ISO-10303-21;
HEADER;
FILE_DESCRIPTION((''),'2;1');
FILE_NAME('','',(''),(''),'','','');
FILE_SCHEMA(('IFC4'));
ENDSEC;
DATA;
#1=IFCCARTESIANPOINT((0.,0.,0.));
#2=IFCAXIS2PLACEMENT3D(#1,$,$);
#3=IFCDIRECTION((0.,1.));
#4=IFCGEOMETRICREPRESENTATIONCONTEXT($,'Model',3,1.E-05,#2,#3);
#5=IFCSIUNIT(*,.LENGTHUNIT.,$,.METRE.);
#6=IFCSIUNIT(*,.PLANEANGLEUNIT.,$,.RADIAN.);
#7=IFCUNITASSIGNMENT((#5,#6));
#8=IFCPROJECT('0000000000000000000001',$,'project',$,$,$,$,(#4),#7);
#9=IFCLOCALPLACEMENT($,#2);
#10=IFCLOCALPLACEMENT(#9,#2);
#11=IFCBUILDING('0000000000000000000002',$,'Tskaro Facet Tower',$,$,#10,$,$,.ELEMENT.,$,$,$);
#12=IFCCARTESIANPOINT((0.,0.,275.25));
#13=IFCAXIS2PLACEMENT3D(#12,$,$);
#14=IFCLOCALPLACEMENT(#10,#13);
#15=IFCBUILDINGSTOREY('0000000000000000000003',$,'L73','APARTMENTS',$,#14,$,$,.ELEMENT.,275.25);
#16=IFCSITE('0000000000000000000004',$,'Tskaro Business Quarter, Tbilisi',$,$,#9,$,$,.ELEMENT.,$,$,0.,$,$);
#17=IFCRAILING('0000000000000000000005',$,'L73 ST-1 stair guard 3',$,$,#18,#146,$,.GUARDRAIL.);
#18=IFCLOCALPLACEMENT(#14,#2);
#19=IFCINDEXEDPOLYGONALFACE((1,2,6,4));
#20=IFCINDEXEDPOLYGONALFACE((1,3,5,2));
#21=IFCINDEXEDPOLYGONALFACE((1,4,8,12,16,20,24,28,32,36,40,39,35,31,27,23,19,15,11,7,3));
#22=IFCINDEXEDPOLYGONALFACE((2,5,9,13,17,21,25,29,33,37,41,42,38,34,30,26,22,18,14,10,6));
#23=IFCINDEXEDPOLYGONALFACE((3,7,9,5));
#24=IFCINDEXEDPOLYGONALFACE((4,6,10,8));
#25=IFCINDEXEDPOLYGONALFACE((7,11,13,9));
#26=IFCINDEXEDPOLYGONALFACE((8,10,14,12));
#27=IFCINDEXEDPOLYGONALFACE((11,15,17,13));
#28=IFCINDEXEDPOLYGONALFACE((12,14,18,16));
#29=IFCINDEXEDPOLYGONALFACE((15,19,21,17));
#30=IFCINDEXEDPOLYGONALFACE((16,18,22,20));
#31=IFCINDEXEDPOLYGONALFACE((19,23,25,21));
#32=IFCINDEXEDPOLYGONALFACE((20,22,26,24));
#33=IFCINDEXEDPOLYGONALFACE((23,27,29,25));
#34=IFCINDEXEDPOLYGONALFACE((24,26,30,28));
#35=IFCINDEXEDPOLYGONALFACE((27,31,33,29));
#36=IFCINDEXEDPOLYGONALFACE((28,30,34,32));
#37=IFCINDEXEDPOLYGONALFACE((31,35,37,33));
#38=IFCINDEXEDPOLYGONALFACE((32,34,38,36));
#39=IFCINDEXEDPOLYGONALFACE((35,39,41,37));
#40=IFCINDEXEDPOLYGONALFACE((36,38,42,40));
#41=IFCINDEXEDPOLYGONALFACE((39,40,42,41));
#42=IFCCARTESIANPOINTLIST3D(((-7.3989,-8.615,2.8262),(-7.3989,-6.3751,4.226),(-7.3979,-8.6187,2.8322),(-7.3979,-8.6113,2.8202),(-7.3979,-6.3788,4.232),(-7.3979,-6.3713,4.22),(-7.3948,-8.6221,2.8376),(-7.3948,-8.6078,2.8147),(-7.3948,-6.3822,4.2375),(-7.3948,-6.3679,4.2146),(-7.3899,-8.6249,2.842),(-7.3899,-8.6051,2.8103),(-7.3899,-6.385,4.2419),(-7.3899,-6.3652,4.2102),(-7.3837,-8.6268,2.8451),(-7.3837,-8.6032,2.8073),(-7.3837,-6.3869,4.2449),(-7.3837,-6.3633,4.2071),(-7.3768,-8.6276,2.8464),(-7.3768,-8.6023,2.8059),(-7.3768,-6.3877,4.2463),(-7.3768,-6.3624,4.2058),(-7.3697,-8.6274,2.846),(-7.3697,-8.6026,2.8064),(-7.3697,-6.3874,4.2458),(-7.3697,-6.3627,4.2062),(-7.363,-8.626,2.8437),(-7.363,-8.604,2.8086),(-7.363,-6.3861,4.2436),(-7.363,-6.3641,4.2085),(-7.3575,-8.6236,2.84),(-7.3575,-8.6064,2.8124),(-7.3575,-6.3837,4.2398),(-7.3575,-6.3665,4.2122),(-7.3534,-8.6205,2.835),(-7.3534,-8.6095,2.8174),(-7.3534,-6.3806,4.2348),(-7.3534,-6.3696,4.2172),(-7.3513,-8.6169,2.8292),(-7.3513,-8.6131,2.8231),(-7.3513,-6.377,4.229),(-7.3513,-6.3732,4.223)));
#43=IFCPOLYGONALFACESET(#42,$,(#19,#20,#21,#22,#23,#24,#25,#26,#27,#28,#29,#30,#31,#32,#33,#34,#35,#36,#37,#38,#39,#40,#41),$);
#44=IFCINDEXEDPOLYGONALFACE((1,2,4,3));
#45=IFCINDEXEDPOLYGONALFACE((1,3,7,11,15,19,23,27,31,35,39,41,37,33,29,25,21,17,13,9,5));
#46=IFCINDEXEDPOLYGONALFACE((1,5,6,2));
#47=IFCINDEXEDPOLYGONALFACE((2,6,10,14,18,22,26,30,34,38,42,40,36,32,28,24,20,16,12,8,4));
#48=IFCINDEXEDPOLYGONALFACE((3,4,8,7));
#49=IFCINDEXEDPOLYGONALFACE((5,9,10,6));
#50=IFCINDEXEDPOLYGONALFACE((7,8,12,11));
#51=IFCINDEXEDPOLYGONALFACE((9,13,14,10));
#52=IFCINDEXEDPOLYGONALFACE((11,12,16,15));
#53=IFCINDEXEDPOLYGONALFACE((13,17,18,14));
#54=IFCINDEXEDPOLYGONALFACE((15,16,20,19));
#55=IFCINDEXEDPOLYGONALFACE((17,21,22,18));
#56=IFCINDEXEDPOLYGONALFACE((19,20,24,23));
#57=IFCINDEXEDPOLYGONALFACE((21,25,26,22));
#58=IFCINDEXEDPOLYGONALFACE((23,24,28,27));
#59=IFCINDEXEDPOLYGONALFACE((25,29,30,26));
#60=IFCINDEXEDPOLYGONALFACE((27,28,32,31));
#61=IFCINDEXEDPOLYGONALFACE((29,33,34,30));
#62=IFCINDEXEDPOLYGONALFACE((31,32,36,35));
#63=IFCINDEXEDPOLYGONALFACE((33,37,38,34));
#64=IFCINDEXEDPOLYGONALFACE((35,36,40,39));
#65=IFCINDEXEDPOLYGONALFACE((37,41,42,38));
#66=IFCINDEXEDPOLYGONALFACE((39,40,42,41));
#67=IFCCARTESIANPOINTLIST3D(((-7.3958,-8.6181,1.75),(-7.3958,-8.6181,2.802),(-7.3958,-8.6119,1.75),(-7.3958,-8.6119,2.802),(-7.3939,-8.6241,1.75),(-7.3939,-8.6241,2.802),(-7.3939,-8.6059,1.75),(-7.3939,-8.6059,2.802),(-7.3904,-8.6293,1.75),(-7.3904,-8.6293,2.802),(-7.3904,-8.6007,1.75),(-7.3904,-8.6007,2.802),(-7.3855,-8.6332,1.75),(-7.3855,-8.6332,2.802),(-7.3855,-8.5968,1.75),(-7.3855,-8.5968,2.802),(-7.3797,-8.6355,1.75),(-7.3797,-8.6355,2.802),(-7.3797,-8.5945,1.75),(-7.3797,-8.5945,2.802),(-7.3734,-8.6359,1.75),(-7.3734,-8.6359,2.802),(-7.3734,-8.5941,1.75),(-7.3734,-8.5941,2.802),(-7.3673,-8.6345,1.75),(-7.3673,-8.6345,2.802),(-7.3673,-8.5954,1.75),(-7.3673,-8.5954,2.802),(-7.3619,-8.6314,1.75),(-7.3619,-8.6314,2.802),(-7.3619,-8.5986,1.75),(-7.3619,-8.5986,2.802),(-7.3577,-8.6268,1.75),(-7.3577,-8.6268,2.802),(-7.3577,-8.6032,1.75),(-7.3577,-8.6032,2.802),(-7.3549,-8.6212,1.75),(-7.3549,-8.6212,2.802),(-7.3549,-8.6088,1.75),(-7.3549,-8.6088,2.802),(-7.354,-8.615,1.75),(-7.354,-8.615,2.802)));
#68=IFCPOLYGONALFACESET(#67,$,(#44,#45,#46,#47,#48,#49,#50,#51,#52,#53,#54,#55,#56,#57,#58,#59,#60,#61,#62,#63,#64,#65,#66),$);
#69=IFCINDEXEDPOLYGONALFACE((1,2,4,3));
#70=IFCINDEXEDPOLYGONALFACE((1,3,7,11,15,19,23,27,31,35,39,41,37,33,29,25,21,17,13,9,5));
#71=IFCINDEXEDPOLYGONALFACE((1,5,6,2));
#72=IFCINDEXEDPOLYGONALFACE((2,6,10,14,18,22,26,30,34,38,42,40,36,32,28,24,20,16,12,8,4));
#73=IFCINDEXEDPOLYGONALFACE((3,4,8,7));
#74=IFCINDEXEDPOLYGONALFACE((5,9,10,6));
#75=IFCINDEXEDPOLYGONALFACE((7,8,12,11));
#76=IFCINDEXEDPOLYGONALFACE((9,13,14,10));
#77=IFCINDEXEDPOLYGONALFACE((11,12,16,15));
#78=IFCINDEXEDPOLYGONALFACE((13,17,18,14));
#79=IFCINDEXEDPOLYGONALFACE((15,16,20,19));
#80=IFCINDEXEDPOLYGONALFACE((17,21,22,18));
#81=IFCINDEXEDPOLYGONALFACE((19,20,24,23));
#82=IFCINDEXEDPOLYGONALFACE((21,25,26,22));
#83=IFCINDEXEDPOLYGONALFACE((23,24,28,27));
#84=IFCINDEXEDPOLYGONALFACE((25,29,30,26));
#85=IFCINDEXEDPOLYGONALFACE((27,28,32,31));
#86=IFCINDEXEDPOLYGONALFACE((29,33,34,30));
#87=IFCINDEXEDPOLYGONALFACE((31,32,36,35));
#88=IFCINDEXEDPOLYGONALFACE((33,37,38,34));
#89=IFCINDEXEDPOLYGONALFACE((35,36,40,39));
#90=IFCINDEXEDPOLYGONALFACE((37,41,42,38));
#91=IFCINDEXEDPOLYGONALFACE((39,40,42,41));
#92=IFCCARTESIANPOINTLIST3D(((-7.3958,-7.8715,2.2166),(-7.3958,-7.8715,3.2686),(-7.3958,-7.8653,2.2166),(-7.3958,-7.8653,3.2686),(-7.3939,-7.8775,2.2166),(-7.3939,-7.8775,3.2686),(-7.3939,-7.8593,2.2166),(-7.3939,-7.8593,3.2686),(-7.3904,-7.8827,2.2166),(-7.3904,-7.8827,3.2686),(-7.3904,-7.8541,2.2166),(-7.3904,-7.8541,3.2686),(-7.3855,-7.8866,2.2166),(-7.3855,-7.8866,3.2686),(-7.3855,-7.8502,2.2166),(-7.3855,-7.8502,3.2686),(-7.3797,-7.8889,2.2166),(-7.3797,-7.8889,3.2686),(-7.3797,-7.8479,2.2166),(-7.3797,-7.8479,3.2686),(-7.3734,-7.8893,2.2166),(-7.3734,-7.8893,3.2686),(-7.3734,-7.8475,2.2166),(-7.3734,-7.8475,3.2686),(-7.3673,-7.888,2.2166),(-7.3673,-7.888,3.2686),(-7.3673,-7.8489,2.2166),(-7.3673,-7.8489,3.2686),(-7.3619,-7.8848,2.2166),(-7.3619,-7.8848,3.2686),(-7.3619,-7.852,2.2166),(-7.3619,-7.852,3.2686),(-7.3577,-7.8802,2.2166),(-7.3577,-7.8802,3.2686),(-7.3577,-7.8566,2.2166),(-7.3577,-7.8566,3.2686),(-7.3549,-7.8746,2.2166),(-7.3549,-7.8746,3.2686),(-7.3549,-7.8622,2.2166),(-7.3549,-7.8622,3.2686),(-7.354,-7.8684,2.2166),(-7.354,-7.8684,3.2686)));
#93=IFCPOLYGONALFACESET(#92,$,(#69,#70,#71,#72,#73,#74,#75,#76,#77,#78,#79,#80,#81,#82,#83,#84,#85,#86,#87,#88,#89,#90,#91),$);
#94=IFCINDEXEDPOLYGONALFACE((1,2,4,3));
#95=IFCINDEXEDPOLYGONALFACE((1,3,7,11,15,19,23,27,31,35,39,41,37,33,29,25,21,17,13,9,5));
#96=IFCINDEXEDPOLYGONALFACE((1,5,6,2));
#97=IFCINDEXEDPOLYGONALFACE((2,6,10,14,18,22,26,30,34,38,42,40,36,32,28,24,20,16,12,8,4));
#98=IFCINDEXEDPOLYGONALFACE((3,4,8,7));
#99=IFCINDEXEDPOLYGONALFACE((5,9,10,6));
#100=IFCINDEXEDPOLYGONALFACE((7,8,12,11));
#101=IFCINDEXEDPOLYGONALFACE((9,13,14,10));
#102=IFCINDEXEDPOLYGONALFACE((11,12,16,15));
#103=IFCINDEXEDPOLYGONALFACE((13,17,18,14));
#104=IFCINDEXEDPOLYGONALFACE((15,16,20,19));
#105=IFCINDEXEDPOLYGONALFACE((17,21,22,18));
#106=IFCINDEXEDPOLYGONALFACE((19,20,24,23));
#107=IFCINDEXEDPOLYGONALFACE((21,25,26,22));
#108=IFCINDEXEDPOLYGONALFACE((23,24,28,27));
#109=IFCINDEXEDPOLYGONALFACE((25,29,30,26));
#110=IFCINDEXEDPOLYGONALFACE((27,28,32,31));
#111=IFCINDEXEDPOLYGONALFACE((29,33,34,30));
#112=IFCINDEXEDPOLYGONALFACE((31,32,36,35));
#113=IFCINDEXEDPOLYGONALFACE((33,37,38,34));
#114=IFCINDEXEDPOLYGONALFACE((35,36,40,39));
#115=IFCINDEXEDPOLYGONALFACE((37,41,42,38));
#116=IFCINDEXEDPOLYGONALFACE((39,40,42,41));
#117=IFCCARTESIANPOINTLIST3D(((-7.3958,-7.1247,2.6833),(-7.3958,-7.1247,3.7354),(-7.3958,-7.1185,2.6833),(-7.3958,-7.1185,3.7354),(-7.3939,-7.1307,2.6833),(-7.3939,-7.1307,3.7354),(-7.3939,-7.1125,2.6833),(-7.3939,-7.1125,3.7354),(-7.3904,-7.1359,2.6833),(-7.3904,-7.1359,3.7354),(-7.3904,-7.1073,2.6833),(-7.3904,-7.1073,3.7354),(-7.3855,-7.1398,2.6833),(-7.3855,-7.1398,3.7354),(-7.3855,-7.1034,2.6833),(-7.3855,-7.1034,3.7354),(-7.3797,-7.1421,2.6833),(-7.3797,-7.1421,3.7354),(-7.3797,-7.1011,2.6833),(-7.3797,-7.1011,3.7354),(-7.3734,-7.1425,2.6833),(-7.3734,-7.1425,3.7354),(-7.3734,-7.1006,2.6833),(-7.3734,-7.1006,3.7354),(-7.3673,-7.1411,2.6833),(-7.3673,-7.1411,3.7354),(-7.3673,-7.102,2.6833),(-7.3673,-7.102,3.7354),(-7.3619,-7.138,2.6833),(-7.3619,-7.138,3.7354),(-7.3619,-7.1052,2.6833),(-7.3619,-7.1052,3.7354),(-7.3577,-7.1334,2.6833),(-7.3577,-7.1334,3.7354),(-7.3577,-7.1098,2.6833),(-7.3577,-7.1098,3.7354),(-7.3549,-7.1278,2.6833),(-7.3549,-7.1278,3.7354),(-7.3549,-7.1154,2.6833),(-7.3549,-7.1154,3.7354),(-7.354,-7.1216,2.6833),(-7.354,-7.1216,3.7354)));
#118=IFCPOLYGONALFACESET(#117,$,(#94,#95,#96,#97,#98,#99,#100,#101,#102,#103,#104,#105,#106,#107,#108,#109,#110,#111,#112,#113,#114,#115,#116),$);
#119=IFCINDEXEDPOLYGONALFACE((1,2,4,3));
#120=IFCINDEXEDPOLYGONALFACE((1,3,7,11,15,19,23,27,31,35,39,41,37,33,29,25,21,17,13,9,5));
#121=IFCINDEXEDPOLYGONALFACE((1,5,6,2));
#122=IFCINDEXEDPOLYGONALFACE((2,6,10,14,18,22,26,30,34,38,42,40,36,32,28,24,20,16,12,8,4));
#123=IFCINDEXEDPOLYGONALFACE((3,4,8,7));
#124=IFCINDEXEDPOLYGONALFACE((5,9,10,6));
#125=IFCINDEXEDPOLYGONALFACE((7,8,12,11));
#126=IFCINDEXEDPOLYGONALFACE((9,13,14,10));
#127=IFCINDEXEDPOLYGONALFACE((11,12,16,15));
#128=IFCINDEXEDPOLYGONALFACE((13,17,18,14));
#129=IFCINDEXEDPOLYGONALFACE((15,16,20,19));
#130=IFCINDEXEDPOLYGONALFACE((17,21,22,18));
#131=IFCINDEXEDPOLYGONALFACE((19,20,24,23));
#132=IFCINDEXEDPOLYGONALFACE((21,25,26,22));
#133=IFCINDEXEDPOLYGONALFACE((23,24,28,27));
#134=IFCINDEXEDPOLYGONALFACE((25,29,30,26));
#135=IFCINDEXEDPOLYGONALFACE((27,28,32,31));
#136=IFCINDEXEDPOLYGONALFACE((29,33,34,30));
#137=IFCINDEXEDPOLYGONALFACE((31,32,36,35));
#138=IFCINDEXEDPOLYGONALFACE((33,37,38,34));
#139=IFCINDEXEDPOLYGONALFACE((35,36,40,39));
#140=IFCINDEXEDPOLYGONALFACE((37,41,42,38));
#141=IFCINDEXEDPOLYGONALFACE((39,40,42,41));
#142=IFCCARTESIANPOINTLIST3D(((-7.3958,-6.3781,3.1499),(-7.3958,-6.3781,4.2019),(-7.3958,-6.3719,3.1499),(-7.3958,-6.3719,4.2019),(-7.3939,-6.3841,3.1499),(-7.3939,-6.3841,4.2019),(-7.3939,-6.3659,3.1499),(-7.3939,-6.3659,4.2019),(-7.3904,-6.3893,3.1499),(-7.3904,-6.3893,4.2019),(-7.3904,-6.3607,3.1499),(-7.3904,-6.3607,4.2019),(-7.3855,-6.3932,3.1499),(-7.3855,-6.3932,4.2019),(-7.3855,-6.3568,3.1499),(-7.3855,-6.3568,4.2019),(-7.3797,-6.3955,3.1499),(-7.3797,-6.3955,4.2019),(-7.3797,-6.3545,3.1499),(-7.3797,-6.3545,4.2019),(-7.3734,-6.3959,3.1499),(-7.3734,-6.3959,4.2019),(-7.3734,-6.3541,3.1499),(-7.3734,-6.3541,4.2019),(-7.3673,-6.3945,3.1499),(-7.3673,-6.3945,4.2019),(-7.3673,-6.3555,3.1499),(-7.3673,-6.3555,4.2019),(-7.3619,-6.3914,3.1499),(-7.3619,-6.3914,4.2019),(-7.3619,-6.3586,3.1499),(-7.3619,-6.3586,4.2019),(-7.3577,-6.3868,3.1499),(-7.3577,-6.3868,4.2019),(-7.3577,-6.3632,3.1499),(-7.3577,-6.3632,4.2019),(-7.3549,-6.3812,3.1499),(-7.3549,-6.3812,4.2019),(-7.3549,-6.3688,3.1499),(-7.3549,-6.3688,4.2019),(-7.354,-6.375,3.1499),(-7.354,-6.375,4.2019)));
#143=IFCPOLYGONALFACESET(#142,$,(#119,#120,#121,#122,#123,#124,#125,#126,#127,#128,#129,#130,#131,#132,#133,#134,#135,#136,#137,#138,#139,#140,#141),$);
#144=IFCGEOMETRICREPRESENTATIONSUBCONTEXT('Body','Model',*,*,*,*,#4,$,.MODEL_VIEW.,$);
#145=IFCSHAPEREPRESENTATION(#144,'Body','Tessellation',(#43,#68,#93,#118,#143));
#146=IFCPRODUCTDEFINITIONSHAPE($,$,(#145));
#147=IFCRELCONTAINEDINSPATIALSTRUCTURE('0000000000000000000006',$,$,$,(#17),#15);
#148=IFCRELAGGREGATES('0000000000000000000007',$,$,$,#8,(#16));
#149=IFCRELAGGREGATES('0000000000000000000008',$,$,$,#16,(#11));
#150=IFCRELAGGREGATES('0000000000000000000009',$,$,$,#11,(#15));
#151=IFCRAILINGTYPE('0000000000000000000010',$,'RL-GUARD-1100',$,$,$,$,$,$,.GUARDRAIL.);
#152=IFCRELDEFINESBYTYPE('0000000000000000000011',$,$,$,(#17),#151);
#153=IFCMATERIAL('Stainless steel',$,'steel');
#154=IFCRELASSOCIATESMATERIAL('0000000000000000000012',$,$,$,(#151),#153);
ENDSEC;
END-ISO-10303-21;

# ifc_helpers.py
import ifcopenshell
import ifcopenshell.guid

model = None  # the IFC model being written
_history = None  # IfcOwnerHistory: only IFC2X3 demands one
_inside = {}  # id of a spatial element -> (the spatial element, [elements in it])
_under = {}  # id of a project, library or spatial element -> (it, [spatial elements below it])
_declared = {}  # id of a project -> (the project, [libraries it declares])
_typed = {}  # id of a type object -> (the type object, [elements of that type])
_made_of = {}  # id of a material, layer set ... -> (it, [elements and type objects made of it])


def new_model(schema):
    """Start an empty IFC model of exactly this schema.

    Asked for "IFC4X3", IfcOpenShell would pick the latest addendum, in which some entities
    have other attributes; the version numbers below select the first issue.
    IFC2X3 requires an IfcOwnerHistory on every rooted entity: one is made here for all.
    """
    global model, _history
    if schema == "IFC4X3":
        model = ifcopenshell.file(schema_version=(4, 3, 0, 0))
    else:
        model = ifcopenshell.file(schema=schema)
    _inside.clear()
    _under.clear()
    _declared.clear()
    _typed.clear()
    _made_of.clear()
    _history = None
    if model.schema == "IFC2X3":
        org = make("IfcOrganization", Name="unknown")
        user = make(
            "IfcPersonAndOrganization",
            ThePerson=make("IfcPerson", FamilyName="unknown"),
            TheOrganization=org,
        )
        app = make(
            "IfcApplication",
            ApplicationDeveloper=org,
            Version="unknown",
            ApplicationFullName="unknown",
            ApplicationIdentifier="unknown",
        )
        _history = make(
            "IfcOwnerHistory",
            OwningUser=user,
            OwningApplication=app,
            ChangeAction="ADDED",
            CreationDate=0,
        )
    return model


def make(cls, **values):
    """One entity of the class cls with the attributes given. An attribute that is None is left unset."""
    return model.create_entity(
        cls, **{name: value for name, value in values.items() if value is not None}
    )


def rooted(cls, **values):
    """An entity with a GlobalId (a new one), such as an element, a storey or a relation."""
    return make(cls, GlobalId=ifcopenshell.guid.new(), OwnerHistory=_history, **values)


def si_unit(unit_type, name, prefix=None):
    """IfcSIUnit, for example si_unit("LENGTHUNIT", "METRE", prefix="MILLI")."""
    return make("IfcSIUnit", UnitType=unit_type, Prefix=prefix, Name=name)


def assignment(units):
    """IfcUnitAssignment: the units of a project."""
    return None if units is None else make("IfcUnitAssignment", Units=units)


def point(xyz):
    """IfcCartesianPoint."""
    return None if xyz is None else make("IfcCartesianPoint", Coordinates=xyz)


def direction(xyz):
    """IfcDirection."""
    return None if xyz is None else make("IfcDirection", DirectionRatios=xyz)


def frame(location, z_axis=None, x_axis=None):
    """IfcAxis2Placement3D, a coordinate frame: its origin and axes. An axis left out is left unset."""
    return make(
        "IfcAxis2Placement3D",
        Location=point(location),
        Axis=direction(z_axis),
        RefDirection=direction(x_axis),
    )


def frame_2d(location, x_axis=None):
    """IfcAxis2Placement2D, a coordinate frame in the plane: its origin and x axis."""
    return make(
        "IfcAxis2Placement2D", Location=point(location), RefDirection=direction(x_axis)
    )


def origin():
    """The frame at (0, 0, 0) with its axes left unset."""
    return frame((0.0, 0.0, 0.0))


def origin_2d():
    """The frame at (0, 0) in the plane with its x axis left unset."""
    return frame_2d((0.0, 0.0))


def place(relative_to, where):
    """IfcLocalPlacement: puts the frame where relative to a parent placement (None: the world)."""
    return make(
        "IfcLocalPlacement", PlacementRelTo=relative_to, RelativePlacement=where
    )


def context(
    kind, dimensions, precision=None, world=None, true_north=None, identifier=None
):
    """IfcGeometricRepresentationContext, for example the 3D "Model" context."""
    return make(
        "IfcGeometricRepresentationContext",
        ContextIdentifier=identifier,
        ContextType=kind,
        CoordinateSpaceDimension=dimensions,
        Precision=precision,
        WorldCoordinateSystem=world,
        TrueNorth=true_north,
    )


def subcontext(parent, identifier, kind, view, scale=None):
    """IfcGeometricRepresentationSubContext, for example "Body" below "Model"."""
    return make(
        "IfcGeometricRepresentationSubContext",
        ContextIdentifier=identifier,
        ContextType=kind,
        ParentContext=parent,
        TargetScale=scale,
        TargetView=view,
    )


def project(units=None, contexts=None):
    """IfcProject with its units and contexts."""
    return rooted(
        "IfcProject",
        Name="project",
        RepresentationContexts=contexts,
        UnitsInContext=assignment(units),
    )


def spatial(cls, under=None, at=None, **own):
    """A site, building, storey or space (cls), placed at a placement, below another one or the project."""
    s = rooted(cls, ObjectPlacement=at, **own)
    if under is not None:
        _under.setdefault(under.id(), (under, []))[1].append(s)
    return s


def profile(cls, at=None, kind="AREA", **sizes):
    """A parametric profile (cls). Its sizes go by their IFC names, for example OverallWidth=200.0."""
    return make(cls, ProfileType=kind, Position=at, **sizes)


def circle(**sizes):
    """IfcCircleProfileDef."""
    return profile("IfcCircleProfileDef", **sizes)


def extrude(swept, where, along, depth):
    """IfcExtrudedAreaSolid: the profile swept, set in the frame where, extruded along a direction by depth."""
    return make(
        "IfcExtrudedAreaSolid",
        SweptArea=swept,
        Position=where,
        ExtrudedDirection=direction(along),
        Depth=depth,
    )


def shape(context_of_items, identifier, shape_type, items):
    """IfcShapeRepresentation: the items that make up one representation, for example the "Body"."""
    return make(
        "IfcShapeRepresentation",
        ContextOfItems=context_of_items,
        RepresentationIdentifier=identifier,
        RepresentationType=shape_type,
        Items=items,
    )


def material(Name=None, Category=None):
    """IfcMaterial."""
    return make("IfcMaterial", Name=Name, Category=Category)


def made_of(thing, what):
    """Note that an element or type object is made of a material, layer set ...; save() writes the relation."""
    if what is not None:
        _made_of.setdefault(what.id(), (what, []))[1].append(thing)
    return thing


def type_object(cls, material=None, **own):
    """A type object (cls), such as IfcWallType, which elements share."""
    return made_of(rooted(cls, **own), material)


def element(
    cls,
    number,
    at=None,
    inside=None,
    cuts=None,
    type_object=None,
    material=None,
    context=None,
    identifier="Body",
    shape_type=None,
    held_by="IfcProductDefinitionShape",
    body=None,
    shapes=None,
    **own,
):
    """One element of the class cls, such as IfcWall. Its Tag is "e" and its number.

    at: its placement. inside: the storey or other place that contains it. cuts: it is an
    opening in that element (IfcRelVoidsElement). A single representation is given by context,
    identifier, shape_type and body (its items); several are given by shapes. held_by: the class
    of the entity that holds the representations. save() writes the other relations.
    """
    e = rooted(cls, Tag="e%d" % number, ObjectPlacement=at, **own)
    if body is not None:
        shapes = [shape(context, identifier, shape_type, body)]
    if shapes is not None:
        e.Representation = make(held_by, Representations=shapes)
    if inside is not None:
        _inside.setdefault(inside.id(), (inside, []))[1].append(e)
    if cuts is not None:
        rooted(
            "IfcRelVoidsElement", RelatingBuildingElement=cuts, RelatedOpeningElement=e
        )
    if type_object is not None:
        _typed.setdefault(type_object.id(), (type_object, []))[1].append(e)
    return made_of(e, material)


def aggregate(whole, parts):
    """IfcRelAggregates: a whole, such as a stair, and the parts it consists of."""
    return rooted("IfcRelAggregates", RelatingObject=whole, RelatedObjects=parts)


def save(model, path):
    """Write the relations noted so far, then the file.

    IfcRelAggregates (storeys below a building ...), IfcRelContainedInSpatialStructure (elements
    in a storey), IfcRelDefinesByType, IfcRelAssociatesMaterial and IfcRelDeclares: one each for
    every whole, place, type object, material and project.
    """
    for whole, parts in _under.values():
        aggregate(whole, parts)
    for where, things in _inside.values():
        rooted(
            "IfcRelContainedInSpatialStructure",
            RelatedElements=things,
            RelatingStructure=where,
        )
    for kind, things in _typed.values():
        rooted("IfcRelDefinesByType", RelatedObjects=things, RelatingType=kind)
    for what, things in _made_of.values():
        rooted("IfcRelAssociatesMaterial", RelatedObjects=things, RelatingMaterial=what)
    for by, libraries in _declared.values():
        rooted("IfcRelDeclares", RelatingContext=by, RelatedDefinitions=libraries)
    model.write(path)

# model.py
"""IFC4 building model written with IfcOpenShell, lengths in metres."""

from ifc_helpers import new_model, si_unit, direction, frame, origin, origin_2d, place, context, subcontext, project, spatial, circle, extrude, material, type_object, element, save


model = new_model("IFC4")

# Units and contexts
model_context = context("Model", 3, precision=1e-05, world=origin(), true_north=direction((0.0, 1.0)))
body_context = subcontext(model_context, "Body", "Model", "MODEL_VIEW")
ifc_project = project(units=[si_unit("LENGTHUNIT", "METRE"), si_unit("PLANEANGLEUNIT", "RADIAN")], contexts=[model_context])

# Site, building, storey
site_placement = place(None, origin())
site = spatial("IfcSite", under=ifc_project, at=site_placement, Name="Tskaro Business Quarter, Tbilisi", CompositionType="ELEMENT", RefElevation=0.0)
building_placement = place(site_placement, origin())
building = spatial("IfcBuilding", under=site, at=building_placement, Name="Tskaro Facet Tower", CompositionType="ELEMENT")
storey_placement = place(building_placement, frame((0.0, 0.0, 275.25)))
storey = spatial("IfcBuildingStorey", under=building, at=storey_placement, Name="L73", Description="APARTMENTS", CompositionType="ELEMENT", Elevation=275.25)

# Shared definitions
ifc_material_1 = material(Name="Stainless steel", Category="steel")

# Railing
railing_type_1 = type_object("IfcRailingType", Name="RL-GUARD-1100", PredefinedType="GUARDRAIL", material=ifc_material_1)
railing_1_placement = place(storey_placement, frame((-7.375, -8.615, 1.75)))
element("IfcRailing", 1, at=railing_1_placement, inside=storey, type_object=railing_type_1, Name="L73 ST-1 stair guard 3", PredefinedType="GUARDRAIL", context=body_context, shape_type="SweptSolid", body=[
    extrude(circle(Radius=0.0239, at=origin_2d()), frame((0.0, 0.0, 1.0762), z_axis=(0.0, 0.848014, 0.529974), x_axis=(-1.0, 0.0, 0.0)), (0.0, 0.0, 1.0), 2.6414),
    extrude(circle(Radius=0.021, at=origin_2d()), origin(), (0.0, 0.0, 1.0), 1.052),
    extrude(circle(Radius=0.021, at=origin_2d()), frame((0.0, 0.7466, 0.4666)), (0.0, 0.0, 1.0), 1.052),
    extrude(circle(Radius=0.021, at=origin_2d()), frame((0.0, 1.4934, 0.9333)), (0.0, 0.0, 1.0), 1.052),
    extrude(circle(Radius=0.021, at=origin_2d()), frame((0.0, 2.24, 1.3999)), (0.0, 0.0, 1.0), 1.052),
])

save(model, "model.ifc")
